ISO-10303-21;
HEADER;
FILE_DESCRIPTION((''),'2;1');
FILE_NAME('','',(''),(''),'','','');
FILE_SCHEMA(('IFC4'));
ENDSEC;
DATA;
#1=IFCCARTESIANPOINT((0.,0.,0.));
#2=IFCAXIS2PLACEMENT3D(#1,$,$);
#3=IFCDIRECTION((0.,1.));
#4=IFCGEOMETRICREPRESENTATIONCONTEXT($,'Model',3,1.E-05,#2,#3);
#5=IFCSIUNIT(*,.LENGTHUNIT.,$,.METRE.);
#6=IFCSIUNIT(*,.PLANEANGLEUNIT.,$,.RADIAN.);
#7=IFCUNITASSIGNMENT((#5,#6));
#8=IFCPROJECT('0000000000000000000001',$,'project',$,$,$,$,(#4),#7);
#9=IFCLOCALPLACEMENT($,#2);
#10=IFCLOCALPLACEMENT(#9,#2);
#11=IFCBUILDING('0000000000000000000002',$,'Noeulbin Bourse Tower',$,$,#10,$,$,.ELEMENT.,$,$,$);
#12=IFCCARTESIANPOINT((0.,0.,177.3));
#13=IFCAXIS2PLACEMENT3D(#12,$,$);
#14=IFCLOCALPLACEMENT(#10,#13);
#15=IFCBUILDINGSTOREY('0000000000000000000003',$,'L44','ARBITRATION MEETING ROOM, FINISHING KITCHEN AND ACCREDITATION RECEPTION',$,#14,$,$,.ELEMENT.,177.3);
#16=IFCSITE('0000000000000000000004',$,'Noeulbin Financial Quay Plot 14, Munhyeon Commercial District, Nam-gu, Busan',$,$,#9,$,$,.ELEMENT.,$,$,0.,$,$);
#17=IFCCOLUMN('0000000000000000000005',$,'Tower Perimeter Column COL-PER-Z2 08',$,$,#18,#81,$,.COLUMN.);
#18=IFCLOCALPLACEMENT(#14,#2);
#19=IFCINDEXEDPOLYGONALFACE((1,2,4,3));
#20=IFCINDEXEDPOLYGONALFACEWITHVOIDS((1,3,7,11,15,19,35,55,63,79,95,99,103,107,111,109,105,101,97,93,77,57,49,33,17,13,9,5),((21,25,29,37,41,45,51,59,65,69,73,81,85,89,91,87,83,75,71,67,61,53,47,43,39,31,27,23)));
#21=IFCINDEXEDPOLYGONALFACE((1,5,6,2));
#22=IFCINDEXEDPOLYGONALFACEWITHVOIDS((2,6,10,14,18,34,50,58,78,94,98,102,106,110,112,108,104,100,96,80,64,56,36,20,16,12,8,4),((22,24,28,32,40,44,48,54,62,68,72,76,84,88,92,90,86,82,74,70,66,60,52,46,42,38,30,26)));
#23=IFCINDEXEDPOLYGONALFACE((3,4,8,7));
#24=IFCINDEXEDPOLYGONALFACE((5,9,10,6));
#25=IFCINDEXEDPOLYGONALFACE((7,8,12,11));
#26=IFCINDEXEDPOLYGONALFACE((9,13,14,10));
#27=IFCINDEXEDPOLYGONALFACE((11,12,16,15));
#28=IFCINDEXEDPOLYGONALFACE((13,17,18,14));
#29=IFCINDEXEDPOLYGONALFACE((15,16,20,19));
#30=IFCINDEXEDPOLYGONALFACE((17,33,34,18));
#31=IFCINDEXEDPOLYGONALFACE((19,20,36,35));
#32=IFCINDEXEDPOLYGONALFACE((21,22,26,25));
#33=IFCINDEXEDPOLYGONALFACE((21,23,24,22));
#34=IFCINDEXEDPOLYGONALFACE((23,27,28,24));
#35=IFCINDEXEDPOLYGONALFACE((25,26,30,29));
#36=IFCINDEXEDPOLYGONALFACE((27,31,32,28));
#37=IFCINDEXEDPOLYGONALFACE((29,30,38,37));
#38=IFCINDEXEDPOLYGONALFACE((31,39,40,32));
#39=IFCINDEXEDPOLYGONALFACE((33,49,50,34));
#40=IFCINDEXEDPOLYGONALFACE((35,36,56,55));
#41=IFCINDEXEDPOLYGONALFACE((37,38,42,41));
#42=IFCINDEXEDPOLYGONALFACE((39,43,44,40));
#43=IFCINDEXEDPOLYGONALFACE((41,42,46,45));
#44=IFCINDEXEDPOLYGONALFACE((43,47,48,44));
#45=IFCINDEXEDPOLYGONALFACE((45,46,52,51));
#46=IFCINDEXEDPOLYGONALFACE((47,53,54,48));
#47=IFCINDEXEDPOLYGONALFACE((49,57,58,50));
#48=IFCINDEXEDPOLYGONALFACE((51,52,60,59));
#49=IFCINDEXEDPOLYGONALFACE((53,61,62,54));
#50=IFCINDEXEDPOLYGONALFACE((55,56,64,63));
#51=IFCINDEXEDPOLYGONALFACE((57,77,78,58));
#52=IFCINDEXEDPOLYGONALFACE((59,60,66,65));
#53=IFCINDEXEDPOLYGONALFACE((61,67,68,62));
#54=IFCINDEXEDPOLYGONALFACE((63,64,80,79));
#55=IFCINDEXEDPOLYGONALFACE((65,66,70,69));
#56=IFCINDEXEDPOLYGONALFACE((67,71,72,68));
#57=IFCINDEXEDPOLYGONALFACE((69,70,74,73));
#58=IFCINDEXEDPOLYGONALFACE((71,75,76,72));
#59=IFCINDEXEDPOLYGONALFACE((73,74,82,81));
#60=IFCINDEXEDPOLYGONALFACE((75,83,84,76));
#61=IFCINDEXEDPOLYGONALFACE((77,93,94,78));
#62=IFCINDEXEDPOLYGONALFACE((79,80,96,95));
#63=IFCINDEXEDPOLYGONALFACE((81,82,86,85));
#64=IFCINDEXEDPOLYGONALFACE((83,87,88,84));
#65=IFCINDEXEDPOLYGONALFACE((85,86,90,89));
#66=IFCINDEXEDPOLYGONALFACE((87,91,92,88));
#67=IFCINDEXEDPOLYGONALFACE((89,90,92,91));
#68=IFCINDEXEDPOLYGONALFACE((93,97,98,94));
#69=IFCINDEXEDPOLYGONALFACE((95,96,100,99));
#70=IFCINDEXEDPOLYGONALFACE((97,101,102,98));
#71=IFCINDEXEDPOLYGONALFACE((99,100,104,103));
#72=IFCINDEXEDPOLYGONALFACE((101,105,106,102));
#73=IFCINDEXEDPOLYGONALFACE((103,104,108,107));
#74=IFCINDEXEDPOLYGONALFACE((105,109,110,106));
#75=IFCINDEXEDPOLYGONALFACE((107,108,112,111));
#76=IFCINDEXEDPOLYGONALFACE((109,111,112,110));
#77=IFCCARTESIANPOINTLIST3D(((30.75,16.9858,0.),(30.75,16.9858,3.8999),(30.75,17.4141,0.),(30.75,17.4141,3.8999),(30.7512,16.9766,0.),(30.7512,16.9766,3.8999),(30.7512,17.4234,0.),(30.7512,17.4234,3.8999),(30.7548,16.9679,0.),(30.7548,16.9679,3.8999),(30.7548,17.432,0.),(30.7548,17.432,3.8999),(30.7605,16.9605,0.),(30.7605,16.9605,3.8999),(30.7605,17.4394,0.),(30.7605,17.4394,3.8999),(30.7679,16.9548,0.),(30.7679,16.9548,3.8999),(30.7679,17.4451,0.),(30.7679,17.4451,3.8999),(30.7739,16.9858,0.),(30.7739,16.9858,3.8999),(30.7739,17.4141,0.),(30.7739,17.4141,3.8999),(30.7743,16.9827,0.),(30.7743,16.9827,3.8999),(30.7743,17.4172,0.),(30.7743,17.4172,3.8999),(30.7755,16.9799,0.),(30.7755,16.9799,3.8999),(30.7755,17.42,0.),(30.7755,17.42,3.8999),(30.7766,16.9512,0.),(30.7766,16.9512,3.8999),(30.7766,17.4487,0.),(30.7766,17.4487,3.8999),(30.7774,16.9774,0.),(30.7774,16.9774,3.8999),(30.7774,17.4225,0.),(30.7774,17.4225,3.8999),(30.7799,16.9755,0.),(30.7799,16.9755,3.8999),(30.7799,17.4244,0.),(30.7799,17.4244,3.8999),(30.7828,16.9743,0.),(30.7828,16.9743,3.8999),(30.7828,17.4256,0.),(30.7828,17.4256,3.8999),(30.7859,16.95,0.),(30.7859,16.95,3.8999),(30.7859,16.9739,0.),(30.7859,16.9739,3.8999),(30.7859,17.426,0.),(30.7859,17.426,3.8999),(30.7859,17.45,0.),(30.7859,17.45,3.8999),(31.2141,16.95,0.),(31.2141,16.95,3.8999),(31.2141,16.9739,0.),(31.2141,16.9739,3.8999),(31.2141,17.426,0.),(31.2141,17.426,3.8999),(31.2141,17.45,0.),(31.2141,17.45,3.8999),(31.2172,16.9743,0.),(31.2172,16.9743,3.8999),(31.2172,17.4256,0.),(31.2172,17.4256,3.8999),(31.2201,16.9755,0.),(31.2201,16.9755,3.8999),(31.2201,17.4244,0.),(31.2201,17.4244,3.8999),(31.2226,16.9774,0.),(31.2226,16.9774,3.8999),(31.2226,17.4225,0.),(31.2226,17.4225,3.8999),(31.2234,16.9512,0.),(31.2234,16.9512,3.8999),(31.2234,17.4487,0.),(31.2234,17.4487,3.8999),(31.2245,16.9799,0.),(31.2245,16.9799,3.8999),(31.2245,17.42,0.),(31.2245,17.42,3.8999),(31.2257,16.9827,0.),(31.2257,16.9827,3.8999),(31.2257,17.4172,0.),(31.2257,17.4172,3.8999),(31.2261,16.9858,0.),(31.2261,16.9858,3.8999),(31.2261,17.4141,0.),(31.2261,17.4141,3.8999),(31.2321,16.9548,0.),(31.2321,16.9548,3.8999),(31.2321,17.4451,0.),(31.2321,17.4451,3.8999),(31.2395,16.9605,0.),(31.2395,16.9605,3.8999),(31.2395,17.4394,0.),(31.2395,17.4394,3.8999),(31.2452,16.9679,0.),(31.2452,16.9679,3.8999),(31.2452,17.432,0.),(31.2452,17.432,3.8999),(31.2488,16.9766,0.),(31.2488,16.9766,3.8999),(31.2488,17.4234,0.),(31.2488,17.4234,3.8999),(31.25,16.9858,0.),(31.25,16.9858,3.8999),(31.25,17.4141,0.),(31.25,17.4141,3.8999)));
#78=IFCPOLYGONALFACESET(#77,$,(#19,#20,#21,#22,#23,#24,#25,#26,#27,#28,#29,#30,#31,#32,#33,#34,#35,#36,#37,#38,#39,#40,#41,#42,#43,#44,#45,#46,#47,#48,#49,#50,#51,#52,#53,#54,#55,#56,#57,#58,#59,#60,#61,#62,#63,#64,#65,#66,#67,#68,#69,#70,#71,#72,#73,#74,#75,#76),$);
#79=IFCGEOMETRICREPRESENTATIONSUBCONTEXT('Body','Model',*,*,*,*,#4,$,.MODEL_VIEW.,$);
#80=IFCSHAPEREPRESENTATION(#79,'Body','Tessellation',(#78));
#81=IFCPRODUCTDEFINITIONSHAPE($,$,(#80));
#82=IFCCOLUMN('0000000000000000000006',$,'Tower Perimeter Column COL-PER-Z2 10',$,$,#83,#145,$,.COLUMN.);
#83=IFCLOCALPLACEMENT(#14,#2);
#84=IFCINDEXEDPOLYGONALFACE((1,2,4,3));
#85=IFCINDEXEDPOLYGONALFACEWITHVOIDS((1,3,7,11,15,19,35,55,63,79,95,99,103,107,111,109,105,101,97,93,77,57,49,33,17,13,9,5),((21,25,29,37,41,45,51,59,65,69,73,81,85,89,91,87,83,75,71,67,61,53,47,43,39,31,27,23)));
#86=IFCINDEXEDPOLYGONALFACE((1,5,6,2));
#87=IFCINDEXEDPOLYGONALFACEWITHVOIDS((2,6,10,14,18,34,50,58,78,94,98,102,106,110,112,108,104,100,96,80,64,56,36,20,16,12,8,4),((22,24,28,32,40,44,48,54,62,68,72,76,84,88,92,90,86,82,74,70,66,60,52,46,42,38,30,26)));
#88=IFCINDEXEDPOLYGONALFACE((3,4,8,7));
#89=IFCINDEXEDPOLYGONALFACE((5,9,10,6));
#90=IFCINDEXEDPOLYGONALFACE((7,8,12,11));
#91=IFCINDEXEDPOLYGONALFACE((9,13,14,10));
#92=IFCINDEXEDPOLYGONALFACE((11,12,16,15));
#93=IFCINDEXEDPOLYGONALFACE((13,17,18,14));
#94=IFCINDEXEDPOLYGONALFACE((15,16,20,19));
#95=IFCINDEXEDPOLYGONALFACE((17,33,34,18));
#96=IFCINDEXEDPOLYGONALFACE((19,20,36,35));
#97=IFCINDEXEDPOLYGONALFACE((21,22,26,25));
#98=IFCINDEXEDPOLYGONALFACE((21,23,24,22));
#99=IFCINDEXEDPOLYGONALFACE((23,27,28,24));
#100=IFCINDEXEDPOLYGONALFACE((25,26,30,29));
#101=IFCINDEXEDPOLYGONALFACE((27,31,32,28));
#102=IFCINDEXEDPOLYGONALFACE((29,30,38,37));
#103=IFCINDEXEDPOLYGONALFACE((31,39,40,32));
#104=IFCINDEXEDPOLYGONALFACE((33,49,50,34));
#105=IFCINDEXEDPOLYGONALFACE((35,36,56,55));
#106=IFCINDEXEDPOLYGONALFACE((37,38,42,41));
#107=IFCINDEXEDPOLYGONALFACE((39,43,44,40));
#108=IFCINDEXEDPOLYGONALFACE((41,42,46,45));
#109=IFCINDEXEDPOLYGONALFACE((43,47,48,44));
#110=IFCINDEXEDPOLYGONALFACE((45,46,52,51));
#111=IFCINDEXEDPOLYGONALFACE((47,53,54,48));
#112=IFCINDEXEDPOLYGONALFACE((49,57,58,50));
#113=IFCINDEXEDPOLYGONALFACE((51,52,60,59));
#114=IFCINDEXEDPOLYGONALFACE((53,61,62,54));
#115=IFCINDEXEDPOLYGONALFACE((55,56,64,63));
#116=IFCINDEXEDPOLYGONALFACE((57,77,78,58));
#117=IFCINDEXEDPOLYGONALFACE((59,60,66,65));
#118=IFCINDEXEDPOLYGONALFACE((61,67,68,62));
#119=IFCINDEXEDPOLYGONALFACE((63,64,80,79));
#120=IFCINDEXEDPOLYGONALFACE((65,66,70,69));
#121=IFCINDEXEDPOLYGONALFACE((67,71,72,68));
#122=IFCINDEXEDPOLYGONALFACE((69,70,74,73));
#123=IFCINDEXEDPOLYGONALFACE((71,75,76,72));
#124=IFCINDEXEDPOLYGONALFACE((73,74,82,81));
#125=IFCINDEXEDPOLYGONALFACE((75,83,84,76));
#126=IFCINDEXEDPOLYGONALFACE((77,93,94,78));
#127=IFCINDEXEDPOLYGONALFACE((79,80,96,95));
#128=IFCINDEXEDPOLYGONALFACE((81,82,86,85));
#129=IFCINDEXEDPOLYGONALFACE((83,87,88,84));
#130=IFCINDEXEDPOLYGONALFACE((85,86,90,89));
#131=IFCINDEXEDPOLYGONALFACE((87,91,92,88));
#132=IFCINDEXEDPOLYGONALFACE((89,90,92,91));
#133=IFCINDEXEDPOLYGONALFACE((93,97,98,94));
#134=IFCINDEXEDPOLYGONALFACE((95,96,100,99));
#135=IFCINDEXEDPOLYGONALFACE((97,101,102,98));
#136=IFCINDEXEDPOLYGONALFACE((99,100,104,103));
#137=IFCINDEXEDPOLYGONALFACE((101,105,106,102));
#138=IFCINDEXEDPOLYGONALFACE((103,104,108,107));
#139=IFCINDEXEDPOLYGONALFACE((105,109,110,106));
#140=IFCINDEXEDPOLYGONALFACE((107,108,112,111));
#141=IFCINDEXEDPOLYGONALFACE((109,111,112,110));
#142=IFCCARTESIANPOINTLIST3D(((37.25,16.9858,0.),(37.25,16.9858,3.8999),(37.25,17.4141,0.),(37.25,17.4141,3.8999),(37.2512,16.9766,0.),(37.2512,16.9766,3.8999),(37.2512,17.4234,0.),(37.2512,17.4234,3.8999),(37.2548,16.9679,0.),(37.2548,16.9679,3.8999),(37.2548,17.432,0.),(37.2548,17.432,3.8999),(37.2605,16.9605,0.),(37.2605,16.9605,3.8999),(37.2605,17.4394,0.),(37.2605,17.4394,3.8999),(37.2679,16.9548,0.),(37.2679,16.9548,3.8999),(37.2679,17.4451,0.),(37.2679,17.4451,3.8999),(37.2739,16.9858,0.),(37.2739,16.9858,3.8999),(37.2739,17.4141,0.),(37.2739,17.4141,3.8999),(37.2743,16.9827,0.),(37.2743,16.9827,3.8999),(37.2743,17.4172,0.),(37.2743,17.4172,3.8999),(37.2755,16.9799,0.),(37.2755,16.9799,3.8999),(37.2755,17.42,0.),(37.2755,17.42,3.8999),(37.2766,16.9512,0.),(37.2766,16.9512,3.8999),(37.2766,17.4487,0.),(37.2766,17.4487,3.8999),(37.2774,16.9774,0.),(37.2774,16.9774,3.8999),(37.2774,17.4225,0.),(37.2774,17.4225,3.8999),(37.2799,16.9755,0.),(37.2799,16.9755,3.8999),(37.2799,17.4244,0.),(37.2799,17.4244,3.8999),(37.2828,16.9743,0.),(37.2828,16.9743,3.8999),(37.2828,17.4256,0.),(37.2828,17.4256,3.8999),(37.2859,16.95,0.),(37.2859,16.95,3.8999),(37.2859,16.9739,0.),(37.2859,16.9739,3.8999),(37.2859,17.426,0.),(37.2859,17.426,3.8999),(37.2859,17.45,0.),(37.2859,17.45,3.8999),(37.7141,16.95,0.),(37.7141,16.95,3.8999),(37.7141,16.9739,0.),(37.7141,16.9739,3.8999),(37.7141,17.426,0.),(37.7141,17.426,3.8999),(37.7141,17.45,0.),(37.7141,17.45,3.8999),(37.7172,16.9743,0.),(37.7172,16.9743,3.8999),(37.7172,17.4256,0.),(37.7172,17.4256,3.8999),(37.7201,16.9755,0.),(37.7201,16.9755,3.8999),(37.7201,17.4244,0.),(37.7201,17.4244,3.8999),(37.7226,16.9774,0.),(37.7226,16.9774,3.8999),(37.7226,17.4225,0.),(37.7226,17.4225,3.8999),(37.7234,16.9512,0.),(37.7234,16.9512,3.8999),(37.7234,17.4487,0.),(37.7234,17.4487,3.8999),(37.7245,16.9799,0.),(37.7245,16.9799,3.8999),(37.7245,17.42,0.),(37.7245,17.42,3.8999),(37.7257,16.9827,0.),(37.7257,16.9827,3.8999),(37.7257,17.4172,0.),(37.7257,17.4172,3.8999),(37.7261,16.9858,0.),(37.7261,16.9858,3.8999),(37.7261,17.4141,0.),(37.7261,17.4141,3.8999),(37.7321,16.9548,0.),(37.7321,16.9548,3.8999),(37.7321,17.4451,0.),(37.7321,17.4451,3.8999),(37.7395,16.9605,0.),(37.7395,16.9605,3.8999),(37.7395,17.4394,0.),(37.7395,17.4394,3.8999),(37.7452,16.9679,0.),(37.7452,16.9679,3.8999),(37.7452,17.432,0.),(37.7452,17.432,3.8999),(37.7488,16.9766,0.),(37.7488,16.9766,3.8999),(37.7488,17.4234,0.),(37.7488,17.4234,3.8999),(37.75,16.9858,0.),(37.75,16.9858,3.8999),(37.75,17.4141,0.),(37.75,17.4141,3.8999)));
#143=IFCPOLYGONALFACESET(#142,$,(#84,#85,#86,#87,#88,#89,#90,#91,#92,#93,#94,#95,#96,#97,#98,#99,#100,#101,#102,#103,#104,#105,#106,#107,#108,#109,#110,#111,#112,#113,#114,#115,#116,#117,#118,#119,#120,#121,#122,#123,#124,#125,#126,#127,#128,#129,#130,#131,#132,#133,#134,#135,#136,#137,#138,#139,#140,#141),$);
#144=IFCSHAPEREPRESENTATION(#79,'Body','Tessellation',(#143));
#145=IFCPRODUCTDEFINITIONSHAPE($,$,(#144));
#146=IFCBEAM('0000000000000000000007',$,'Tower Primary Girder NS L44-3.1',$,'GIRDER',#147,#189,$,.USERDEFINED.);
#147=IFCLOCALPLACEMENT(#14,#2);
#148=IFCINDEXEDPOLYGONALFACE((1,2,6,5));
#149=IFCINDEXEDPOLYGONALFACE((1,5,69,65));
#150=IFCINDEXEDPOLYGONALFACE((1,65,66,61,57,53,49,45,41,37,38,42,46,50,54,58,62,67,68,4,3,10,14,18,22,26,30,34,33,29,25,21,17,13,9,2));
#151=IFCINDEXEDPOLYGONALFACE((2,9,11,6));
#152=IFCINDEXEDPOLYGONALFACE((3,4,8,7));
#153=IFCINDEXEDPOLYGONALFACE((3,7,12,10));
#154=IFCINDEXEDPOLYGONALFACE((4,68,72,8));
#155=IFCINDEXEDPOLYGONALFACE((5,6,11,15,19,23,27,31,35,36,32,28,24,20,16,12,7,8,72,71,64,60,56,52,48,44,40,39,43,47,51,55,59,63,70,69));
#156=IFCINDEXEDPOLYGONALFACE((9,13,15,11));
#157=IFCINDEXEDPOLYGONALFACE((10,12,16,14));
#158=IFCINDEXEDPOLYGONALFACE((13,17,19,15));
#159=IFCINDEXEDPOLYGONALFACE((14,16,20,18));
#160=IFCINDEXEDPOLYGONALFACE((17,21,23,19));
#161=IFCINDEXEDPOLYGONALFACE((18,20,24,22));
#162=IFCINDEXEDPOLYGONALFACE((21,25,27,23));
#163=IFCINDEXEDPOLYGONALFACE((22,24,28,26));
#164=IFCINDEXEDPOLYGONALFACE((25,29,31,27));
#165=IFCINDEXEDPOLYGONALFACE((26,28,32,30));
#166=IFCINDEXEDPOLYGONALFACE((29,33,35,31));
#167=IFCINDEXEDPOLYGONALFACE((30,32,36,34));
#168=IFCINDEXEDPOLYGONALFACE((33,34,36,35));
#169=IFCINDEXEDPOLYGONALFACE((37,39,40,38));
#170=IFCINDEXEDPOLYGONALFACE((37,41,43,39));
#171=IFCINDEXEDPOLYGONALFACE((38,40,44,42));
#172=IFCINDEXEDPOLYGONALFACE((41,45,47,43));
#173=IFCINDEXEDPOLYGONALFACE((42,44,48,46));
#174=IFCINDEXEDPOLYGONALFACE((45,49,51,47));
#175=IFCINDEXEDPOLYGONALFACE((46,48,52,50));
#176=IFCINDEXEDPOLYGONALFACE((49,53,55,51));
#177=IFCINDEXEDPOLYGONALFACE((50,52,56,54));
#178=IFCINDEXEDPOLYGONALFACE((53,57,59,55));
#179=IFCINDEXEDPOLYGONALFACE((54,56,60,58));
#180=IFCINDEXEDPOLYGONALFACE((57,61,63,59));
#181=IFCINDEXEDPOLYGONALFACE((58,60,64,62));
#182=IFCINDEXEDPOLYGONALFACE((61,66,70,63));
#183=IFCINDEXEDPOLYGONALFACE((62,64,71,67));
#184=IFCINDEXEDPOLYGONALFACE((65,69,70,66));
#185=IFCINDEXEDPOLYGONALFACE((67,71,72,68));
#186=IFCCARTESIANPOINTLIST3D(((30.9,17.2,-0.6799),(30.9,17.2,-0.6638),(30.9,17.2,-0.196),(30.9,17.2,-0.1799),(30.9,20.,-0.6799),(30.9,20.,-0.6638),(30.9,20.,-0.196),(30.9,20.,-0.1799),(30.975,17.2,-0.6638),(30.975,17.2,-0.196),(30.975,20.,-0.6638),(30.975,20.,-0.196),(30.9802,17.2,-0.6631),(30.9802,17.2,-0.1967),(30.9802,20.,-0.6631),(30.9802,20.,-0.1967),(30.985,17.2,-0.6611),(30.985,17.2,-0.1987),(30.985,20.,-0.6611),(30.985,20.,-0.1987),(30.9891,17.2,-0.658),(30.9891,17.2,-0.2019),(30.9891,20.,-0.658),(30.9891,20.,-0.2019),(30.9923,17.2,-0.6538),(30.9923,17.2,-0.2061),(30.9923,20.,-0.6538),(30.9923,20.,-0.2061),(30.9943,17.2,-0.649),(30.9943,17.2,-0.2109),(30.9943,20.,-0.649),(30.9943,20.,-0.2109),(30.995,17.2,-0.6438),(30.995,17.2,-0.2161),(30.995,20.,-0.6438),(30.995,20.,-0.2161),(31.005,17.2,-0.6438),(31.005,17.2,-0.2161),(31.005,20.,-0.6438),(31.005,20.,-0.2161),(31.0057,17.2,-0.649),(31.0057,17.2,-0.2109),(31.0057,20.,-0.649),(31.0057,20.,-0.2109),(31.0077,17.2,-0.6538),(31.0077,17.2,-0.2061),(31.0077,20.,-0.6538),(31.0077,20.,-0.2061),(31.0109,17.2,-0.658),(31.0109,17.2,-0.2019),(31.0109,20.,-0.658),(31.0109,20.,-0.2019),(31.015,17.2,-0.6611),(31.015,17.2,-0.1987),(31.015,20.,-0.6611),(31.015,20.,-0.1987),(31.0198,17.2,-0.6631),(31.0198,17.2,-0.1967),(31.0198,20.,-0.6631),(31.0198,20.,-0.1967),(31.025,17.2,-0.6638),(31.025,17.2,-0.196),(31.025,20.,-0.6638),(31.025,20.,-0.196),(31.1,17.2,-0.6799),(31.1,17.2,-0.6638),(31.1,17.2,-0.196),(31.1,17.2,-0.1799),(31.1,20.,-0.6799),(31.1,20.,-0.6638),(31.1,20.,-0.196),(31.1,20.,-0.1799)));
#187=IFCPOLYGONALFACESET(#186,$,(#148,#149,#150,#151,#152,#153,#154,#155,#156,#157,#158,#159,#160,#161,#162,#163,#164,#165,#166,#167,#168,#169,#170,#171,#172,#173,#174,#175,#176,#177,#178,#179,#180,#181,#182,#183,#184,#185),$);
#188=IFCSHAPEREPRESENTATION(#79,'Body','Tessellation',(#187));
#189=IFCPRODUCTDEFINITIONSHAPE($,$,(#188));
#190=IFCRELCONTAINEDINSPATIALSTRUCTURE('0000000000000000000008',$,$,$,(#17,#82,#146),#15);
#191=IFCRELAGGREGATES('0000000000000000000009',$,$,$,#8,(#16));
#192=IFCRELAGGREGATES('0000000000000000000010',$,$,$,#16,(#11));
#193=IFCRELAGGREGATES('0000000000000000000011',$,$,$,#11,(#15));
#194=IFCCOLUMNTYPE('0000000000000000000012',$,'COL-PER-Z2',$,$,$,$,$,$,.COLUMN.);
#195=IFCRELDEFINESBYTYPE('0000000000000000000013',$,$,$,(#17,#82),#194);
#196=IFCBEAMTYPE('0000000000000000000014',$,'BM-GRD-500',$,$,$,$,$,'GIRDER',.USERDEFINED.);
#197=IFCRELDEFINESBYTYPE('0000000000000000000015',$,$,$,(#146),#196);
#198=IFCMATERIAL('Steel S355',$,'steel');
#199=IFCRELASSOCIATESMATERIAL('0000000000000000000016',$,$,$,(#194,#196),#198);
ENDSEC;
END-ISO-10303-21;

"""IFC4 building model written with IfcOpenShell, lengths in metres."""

from ifc_helpers import new_model, si_unit, direction, frame, origin, origin_2d, place, context, subcontext, project, spatial, hollow_rectangle, i_section, extrude, material, material_profile, profile_set, type_object, element, save


model = new_model("IFC4")

# Units and contexts
model_context = context("Model", 3, precision=1e-05, world=origin(), true_north=direction((0.0, 1.0)))
body_context = subcontext(model_context, "Body", "Model", "MODEL_VIEW")
ifc_project = project(units=[si_unit("LENGTHUNIT", "METRE"), si_unit("PLANEANGLEUNIT", "RADIAN")], contexts=[model_context])

# Site, building, storey
site_placement = place(None, origin())
site = spatial("IfcSite", under=ifc_project, at=site_placement, Name="Noeulbin Financial Quay Plot 14, Munhyeon Commercial District, Nam-gu, Busan", CompositionType="ELEMENT", RefElevation=0.0)
building_placement = place(site_placement, origin())
building = spatial("IfcBuilding", under=site, at=building_placement, Name="Noeulbin Bourse Tower", CompositionType="ELEMENT")
storey_placement = place(building_placement, frame((0.0, 0.0, 177.3)))
storey = spatial("IfcBuildingStorey", under=building, at=storey_placement, Name="L44", Description="ARBITRATION MEETING ROOM, FINISHING KITCHEN AND ACCREDITATION RECEPTION", CompositionType="ELEMENT", Elevation=177.3)

# Columns
ifc_material_1 = material(Name="Steel S355", Category="steel")
ifc_material_profile_1 = material_profile(ifc_material_1, hollow_rectangle(XDim=0.5, YDim=0.5, WallThickness=0.0239, InnerFilletRadius=0.012, OuterFilletRadius=0.0359, at=origin_2d()), Name="BOX-500x500x24", Category="LoadBearing")
ifc_profile_set_1 = profile_set([ifc_material_profile_1], Name="Steel S355")
column_type = type_object("IfcColumnType", Name="COL-PER-Z2", PredefinedType="COLUMN", material=ifc_profile_set_1)
for number, where, z_axis, x_axis, name in (
    (1, (31.0, 17.2, 0.0), (0.0, 0.0, 1.0), (1.0, 0.0, 0.0), "Tower Perimeter Column COL-PER-Z2 08"),
    (2, (37.5, 17.2, 0.0), (0.0, 0.0, 1.0), (1.0, 0.0, 0.0), "Tower Perimeter Column COL-PER-Z2 10"),
):
    element("IfcColumn", number, at=place(storey_placement, frame(where, z_axis=z_axis, x_axis=x_axis)), inside=storey, type_object=column_type, Name=name, PredefinedType="COLUMN", context=body_context, shape_type="SweptSolid", body=[
        extrude(hollow_rectangle(XDim=0.5, YDim=0.5, WallThickness=0.0239, InnerFilletRadius=0.012, OuterFilletRadius=0.0359, at=origin_2d()), origin(), (0.0, 0.0, 1.0), 3.8999),
    ])

# Beam
ifc_material_profile_2 = material_profile(ifc_material_1, i_section(OverallWidth=0.2, OverallDepth=0.5, WebThickness=0.01, FlangeThickness=0.0161, FilletRadius=0.02, at=origin_2d()), Name="H-500x200x10x16", Category="LoadBearing")
ifc_profile_set_2 = profile_set([ifc_material_profile_2], Name="Steel S355")
beam_type_1 = type_object("IfcBeamType", Name="BM-GRD-500", ElementType="GIRDER", PredefinedType="USERDEFINED", material=ifc_profile_set_2)
for number, where, z_axis, x_axis, name in (
    (3, (31.0, 17.2, -0.4299), (0.0, 1.0, 0.0), (-1.0, 0.0, 0.0), "Tower Primary Girder NS L44-3.1"),
):
    element("IfcBeam", number, at=place(storey_placement, frame(where, z_axis=z_axis, x_axis=x_axis)), inside=storey, type_object=beam_type_1, Name=name, ObjectType="GIRDER", PredefinedType="USERDEFINED", context=body_context, shape_type="SweptSolid", body=[
        extrude(i_section(OverallWidth=0.2, OverallDepth=0.5, WebThickness=0.01, FlangeThickness=0.0161, FilletRadius=0.02, at=origin_2d()), origin(), (0.0, 0.0, 1.0), 2.8),
    ])

save(model, "model.ifc")
